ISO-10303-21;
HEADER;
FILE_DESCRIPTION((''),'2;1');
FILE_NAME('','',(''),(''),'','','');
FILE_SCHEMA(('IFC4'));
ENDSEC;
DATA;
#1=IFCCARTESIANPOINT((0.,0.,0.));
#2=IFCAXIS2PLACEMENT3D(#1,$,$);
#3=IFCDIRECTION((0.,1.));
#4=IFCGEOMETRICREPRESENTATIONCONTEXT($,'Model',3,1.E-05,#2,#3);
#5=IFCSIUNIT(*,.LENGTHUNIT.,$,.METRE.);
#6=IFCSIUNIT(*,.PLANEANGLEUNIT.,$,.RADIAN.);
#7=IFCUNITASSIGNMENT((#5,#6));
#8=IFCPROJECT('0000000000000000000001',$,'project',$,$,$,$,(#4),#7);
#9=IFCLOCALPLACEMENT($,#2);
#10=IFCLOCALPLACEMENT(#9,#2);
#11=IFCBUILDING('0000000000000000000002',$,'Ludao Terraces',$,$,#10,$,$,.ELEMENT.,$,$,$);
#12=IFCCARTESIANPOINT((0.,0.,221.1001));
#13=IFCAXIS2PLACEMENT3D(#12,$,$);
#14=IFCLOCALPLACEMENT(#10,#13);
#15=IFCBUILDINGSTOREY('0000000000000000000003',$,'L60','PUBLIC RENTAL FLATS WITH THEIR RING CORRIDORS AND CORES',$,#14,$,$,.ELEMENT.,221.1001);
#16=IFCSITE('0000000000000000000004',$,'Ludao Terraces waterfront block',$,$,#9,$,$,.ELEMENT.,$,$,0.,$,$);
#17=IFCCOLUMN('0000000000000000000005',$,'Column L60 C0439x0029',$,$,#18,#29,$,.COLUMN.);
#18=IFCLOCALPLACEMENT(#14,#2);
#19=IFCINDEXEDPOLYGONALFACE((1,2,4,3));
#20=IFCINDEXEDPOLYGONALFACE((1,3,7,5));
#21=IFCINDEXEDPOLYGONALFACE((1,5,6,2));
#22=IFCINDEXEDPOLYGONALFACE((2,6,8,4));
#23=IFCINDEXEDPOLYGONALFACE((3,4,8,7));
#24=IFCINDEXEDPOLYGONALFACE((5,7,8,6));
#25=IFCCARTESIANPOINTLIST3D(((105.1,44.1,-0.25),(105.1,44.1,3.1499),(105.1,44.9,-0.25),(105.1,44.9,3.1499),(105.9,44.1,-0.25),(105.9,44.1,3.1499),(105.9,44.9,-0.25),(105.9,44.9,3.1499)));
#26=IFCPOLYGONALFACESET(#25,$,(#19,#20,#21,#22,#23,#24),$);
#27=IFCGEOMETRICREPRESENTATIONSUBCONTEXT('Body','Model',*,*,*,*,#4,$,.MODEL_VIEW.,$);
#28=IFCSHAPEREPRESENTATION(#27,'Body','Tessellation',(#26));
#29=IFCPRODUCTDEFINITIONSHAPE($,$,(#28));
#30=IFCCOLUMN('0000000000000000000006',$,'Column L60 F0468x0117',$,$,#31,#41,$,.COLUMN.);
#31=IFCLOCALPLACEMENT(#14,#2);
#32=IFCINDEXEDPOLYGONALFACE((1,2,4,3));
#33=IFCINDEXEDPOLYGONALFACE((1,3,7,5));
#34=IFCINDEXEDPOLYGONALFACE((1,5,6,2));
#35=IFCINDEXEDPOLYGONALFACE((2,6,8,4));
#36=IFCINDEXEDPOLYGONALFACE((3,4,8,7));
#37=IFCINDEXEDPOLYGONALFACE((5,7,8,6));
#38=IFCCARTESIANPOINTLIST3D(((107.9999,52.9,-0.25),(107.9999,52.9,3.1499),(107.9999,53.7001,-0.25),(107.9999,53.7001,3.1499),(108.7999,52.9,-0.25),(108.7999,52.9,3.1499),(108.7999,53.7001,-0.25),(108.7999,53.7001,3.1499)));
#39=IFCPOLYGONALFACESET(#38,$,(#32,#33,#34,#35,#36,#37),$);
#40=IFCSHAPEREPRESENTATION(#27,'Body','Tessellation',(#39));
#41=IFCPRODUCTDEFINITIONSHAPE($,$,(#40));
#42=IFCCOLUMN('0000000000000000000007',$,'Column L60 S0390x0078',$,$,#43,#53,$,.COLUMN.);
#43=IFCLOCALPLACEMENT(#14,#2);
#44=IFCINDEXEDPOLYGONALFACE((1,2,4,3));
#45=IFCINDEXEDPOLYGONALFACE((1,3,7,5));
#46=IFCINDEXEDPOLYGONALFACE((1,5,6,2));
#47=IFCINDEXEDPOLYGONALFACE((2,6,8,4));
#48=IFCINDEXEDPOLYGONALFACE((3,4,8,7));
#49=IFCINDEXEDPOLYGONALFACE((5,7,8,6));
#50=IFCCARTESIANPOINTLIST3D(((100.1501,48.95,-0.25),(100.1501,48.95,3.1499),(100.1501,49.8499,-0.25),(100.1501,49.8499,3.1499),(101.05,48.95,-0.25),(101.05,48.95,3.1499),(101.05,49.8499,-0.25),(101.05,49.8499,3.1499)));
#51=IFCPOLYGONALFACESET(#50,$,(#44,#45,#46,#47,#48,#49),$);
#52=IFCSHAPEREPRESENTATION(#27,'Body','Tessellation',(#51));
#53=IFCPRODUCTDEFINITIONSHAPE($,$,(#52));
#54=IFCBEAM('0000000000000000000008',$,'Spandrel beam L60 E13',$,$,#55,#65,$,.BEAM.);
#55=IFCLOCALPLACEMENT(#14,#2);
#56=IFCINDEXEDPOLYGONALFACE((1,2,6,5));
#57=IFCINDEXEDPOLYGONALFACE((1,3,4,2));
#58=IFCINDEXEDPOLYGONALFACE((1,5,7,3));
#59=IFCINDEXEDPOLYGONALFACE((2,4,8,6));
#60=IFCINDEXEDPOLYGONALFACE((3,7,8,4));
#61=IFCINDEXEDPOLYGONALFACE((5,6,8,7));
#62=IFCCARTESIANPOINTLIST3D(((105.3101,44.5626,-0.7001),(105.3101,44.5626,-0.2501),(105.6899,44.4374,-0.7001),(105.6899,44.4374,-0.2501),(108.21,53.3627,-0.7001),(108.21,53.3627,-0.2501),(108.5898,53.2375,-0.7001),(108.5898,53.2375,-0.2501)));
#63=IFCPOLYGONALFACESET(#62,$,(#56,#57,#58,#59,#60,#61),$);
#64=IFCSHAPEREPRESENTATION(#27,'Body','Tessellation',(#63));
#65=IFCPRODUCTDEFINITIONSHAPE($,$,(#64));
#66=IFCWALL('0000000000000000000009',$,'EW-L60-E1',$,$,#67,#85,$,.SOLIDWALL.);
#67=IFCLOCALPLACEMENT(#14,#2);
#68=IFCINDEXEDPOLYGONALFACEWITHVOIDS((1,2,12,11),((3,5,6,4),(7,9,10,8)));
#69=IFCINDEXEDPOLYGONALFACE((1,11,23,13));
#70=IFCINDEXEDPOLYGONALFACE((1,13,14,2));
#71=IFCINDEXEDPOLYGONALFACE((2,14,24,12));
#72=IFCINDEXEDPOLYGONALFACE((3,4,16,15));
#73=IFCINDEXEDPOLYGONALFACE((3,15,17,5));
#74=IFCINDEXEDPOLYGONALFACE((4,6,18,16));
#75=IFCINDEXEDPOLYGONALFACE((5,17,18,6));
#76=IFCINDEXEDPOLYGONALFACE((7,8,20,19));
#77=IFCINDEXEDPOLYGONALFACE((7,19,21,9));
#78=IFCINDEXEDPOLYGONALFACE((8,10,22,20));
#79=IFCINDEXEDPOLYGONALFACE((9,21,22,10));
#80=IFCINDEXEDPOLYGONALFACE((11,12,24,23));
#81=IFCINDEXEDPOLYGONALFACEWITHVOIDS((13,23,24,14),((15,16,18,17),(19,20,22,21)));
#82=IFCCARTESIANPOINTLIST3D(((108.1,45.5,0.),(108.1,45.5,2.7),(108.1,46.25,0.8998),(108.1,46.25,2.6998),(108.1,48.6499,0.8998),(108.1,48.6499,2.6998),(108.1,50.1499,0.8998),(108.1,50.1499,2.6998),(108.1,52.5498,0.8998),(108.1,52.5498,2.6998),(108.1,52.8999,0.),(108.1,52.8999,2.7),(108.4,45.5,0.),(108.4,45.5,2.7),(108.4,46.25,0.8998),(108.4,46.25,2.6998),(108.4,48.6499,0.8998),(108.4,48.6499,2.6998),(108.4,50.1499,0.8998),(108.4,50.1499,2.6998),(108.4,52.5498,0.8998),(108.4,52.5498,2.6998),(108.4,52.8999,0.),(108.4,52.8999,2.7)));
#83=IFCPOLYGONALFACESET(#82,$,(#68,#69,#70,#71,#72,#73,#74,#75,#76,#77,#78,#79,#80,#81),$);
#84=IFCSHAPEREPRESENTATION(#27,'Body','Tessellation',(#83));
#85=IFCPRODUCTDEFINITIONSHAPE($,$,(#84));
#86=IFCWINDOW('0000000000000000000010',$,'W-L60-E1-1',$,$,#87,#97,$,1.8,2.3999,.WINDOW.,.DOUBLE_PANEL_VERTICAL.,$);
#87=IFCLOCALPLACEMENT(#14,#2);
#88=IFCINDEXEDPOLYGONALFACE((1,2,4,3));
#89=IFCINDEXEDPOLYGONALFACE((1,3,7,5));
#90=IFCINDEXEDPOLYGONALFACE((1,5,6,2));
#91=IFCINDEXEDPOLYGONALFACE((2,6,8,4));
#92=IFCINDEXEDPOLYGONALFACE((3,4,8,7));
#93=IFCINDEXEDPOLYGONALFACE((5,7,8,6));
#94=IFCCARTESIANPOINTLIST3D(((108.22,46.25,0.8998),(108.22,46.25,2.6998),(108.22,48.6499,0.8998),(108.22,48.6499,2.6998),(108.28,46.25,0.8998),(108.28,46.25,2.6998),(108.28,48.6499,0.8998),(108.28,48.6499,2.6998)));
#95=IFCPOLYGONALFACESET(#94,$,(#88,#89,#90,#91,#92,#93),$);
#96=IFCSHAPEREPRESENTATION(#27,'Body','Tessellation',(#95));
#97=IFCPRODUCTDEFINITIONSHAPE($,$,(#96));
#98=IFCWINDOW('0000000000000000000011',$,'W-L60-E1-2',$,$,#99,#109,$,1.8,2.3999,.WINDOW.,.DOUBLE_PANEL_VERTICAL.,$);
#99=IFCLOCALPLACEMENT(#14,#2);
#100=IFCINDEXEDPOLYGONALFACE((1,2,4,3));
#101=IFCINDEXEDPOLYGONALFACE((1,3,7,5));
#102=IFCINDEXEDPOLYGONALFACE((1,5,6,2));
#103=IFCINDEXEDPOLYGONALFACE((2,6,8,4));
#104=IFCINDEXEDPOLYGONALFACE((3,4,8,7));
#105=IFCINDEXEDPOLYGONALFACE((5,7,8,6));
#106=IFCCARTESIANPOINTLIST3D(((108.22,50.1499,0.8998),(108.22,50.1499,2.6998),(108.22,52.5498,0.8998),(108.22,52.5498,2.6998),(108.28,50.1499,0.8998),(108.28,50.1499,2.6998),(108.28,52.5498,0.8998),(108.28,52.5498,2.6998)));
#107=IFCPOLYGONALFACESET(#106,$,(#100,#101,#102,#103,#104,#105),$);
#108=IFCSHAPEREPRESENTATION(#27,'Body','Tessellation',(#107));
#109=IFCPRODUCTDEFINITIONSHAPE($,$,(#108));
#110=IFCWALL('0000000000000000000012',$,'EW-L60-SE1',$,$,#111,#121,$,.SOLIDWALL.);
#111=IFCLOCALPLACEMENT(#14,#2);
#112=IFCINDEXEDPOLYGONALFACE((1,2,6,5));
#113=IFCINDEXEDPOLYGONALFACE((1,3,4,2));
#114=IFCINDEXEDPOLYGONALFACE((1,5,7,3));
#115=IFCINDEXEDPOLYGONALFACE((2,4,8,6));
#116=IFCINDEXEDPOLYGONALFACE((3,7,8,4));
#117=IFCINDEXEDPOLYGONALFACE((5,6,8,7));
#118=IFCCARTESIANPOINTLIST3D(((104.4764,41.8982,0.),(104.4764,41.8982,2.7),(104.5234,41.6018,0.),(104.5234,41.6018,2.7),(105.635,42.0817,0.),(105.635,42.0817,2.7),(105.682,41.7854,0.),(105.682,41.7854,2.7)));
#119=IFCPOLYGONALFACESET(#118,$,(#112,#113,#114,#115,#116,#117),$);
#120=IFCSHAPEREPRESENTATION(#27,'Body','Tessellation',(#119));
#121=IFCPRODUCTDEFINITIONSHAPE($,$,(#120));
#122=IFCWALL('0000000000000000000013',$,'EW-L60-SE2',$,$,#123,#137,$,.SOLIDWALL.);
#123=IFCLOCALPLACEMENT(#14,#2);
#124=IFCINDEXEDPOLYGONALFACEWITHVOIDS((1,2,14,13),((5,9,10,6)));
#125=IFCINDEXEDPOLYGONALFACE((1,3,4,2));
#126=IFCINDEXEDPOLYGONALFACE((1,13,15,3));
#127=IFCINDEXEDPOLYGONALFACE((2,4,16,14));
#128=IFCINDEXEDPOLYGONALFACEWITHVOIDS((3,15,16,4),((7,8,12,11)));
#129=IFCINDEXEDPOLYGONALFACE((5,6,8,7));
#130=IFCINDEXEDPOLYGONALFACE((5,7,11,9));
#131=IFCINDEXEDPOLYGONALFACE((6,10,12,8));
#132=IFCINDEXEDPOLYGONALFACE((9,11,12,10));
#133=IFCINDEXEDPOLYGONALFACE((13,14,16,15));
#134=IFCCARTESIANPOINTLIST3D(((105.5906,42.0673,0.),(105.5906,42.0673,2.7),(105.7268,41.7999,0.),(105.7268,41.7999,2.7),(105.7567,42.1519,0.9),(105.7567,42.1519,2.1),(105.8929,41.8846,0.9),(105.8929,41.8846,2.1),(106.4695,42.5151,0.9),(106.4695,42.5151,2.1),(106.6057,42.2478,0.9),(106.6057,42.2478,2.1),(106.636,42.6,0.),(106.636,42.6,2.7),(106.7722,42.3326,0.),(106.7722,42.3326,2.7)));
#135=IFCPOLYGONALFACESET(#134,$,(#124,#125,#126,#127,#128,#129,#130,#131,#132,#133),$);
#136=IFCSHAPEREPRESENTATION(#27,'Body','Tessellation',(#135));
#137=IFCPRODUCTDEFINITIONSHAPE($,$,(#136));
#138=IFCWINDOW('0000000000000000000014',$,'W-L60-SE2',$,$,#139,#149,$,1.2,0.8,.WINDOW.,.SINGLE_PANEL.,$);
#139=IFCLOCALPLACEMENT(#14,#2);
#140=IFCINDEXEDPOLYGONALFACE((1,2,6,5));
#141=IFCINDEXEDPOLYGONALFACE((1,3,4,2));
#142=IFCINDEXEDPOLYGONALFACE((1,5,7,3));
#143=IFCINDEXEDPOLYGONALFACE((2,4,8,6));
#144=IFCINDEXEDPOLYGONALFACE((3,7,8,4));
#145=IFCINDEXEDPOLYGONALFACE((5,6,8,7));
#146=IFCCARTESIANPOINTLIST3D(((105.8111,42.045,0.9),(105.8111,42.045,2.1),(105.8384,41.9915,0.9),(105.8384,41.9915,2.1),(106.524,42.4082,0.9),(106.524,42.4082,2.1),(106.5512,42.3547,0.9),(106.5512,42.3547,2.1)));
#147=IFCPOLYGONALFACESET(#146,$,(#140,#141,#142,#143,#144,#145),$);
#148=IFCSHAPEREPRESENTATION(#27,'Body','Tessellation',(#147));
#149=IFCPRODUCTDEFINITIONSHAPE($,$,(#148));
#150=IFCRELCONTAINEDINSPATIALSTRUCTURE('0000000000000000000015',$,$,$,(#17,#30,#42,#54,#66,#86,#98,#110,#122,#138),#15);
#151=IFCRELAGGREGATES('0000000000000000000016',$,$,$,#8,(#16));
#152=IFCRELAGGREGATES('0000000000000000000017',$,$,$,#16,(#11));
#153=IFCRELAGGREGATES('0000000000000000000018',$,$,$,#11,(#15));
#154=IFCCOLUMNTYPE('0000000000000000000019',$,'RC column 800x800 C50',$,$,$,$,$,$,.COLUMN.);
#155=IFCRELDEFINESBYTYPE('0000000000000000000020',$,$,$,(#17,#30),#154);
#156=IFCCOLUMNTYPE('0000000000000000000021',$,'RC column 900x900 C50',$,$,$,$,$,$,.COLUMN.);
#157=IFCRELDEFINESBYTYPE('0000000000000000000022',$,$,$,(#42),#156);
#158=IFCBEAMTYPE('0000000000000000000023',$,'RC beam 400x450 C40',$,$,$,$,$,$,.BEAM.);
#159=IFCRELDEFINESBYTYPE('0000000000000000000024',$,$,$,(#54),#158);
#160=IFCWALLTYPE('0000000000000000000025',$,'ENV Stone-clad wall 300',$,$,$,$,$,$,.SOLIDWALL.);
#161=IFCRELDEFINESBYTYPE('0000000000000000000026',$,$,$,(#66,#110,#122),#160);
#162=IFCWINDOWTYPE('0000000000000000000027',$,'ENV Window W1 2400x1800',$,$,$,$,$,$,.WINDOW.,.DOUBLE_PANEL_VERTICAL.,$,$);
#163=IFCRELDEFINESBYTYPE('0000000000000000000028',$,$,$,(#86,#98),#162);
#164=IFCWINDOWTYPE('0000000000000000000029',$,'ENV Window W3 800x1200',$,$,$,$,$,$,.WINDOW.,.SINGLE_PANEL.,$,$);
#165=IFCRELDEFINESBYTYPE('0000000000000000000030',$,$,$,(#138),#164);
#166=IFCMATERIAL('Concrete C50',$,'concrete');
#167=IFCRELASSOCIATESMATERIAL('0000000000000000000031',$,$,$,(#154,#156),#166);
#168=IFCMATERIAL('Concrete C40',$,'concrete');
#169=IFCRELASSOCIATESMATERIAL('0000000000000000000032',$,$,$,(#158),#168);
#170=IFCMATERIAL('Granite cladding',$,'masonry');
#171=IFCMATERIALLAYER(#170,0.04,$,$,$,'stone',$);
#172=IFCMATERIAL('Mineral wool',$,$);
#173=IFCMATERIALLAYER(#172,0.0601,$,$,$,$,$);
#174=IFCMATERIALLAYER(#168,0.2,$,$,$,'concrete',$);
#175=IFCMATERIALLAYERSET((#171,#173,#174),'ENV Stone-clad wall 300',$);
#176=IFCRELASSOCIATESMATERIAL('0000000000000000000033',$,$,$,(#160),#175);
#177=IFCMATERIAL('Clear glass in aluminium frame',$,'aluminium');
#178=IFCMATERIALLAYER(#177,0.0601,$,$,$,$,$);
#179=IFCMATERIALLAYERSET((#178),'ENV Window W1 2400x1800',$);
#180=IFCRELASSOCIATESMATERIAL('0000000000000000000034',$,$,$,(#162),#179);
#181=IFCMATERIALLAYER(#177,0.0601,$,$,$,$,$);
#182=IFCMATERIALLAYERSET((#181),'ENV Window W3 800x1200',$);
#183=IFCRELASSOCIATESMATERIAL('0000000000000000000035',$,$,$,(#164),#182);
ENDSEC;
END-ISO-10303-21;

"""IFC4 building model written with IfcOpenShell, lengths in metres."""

from ifc_helpers import new_model, si_unit, direction, frame, frame_2d, origin, origin_2d, place, context, subcontext, project, spatial, rectangle, extrude, material, layer, layer_set, material_profile, profile_set, type_object, element, fill, save


model = new_model("IFC4")

# Units and contexts
model_context = context("Model", 3, precision=1e-05, world=origin(), true_north=direction((0.0, 1.0)))
body_context = subcontext(model_context, "Body", "Model", "MODEL_VIEW")
ifc_project = project(units=[si_unit("LENGTHUNIT", "METRE"), si_unit("PLANEANGLEUNIT", "RADIAN")], contexts=[model_context])

# Site, building, storey
site_placement = place(None, origin())
site = spatial("IfcSite", under=ifc_project, at=site_placement, Name="Ludao Terraces waterfront block", CompositionType="ELEMENT", RefElevation=0.0)
building_placement = place(site_placement, origin())
building = spatial("IfcBuilding", under=site, at=building_placement, Name="Ludao Terraces", CompositionType="ELEMENT")
storey_placement = place(building_placement, frame((0.0, 0.0, 221.1001)))
storey = spatial("IfcBuildingStorey", under=building, at=storey_placement, Name="L60", Description="PUBLIC RENTAL FLATS WITH THEIR RING CORRIDORS AND CORES", CompositionType="ELEMENT", Elevation=221.1001)

# Columns
ifc_material_1 = material(Name="Concrete C50", Category="concrete")
ifc_material_profile_1 = material_profile(ifc_material_1, rectangle(XDim=0.8, YDim=0.8, at=origin_2d()), Name="800 X 800")
ifc_profile_set_1 = profile_set([ifc_material_profile_1], Name="Concrete C50")
column_type_1 = type_object("IfcColumnType", Name="RC column 800x800 C50", PredefinedType="COLUMN", material=ifc_profile_set_1)
for number, where, z_axis, x_axis, name in (
    (1, (105.5, 44.5, -0.25), (0.0, 0.0, 1.0), (1.0, 0.0, 0.0), "Column L60 C0439x0029"),
    (2, (108.3999, 53.3, -0.25), (0.0, 0.0, 1.0), (1.0, 0.0, 0.0), "Column L60 F0468x0117"),
):
    element("IfcColumn", number, at=place(storey_placement, frame(where, z_axis=z_axis, x_axis=x_axis)), inside=storey, type_object=column_type_1, Name=name, PredefinedType="COLUMN", context=body_context, shape_type="SweptSolid", body=[
        extrude(rectangle(XDim=0.8, YDim=0.8, at=origin_2d()), origin(), (0.0, 0.0, 1.0), 3.3999),
    ])
ifc_material_profile_2 = material_profile(ifc_material_1, rectangle(XDim=0.8999, YDim=0.8999, at=origin_2d()), Name="900 X 900")
ifc_profile_set_2 = profile_set([ifc_material_profile_2], Name="Concrete C50")
column_type_2 = type_object("IfcColumnType", Name="RC column 900x900 C50", PredefinedType="COLUMN", material=ifc_profile_set_2)
column_placement = place(storey_placement, frame((100.6001, 49.3999, -0.25), z_axis=(0.0, 0.0, 1.0), x_axis=(1.0, 0.0, 0.0)))
element("IfcColumn", 3, at=column_placement, inside=storey, type_object=column_type_2, Name="Column L60 S0390x0078", PredefinedType="COLUMN", context=body_context, shape_type="SweptSolid", body=[
    extrude(rectangle(XDim=0.8999, YDim=0.8999, at=origin_2d()), origin(), (0.0, 0.0, 1.0), 3.3999),
])

# Beam
ifc_material_2 = material(Name="Concrete C40", Category="concrete")
ifc_material_profile_3 = material_profile(ifc_material_2, rectangle(XDim=0.3999, YDim=0.45, at=origin_2d()), Name="400 X 450")
ifc_profile_set_3 = profile_set([ifc_material_profile_3], Name="Concrete C40")
beam_type = type_object("IfcBeamType", Name="RC beam 400x450 C40", PredefinedType="BEAM", material=ifc_profile_set_3)
beam_placement = place(storey_placement, frame((105.5, 44.5, -0.4751), z_axis=(0.312977, 0.949761, 0.0), x_axis=(-0.949761, 0.312977, 0.0)))
element("IfcBeam", 4, at=beam_placement, inside=storey, type_object=beam_type, Name="Spandrel beam L60 E13", PredefinedType="BEAM", context=body_context, shape_type="SweptSolid", body=[
    extrude(rectangle(XDim=0.3999, YDim=0.45, at=origin_2d()), origin(), (0.0, 0.0, 1.0), 9.2656),
])

# Wall, openings, windows
ifc_material_3 = material(Name="Granite cladding", Category="masonry")
ifc_layer_1 = layer(ifc_material_3, 0.04, Category="stone")
ifc_material_4 = material(Name="Mineral wool")
ifc_layer_2 = layer(ifc_material_4, 0.0601)
ifc_layer_3 = layer(ifc_material_2, 0.2, Category="concrete")
ifc_layer_set_1 = layer_set([ifc_layer_1, ifc_layer_2, ifc_layer_3], Name="ENV Stone-clad wall 300")
wall_type_1 = type_object("IfcWallType", Name="ENV Stone-clad wall 300", PredefinedType="SOLIDWALL", material=ifc_layer_set_1)
wall_1_placement = place(storey_placement, frame((108.25, 45.5, 0.0), z_axis=(0.0, 0.0, 1.0), x_axis=(0.0, 1.0, 0.0)))
wall_1 = element("IfcWall", 5, at=wall_1_placement, inside=storey, type_object=wall_type_1, Name="EW-L60-E1", PredefinedType="SOLIDWALL", context=body_context, shape_type="SweptSolid", body=[
    extrude(rectangle(XDim=7.3999, YDim=0.3, at=frame_2d((3.7, 0.0))), origin(), (0.0, 0.0, 1.0), 2.7),
])
opening_1_placement = place(wall_1_placement, frame((0.75, 0.0, 0.8999)))
opening_1 = element("IfcOpeningElement", 6, at=opening_1_placement, cuts=wall_1, PredefinedType="OPENING", context=body_context, shape_type="SweptSolid", body=[
    extrude(rectangle(XDim=2.3999, YDim=1.8, at=frame_2d((1.2, 0.8999))), frame((0.0, 0.1602, 0.0), z_axis=(0.0, -1.0, 0.0), x_axis=(1.0, 0.0, 0.0)), (0.0, 0.0, 1.0), 0.3201),
])
opening_2_placement = place(wall_1_placement, frame((4.6499, 0.0, 0.8999)))
opening_2 = element("IfcOpeningElement", 7, at=opening_2_placement, cuts=wall_1, PredefinedType="OPENING", context=body_context, shape_type="SweptSolid", body=[
    extrude(rectangle(XDim=2.3999, YDim=1.8, at=frame_2d((1.2, 0.8999))), frame((0.0, 0.1602, 0.0), z_axis=(0.0, -1.0, 0.0), x_axis=(1.0, 0.0, 0.0)), (0.0, 0.0, 1.0), 0.3201),
])
ifc_material_5 = material(Name="Clear glass in aluminium frame", Category="aluminium")
ifc_layer_4 = layer(ifc_material_5, 0.0601)
ifc_layer_set_2 = layer_set([ifc_layer_4], Name="ENV Window W1 2400x1800")
window_type_1 = type_object("IfcWindowType", Name="ENV Window W1 2400x1800", PartitioningType="DOUBLE_PANEL_VERTICAL", PredefinedType="WINDOW", material=ifc_layer_set_2)
window_1_placement = place(opening_1_placement, origin())
window_1 = element("IfcWindow", 8, at=window_1_placement, inside=storey, type_object=window_type_1, Name="W-L60-E1-1", OverallHeight=1.8, OverallWidth=2.3999, PartitioningType="DOUBLE_PANEL_VERTICAL", PredefinedType="WINDOW", context=body_context, shape_type="SweptSolid", body=[
    extrude(rectangle(XDim=2.3999, YDim=1.8, at=frame_2d((1.2, 0.8999))), frame((0.0, 0.03, 0.0), z_axis=(0.0, -1.0, 0.0), x_axis=(1.0, 0.0, 0.0)), (0.0, 0.0, 1.0), 0.0601),
])
fill(opening_1, window_1)
window_2_placement = place(opening_2_placement, origin())
window_2 = element("IfcWindow", 9, at=window_2_placement, inside=storey, type_object=window_type_1, Name="W-L60-E1-2", OverallHeight=1.8, OverallWidth=2.3999, PartitioningType="DOUBLE_PANEL_VERTICAL", PredefinedType="WINDOW", context=body_context, shape_type="SweptSolid", body=[
    extrude(rectangle(XDim=2.3999, YDim=1.8, at=frame_2d((1.2, 0.8999))), frame((0.0, 0.03, 0.0), z_axis=(0.0, -1.0, 0.0), x_axis=(1.0, 0.0, 0.0)), (0.0, 0.0, 1.0), 0.0601),
])
fill(opening_2, window_2)

# Wall
wall_2_placement = place(storey_placement, frame((104.5, 41.75, 0.0), z_axis=(0.0, 0.0, 1.0), x_axis=(0.987678, 0.156497, 0.0)))
element("IfcWall", 10, at=wall_2_placement, inside=storey, type_object=wall_type_1, Name="EW-L60-SE1", PredefinedType="SOLIDWALL", context=body_context, shape_type="SweptSolid", body=[
    extrude(rectangle(XDim=1.1731, YDim=0.3, at=frame_2d((0.5864, 0.0))), origin(), (0.0, 0.0, 1.0), 2.7),
])

# Wall, opening, window
wall_3_placement = place(storey_placement, frame((105.6587, 41.9336, 0.0), z_axis=(0.0, 0.0, 1.0), x_axis=(0.890989, 0.454026, 0.0)))
wall_3 = element("IfcWall", 11, at=wall_3_placement, inside=storey, type_object=wall_type_1, Name="EW-L60-SE2", PredefinedType="SOLIDWALL", context=body_context, shape_type="SweptSolid", body=[
    extrude(rectangle(XDim=1.1733, YDim=0.3, at=frame_2d((0.5867, 0.0))), origin(), (0.0, 0.0, 1.0), 2.7),
])
opening_3_placement = place(wall_3_placement, frame((0.1865, 0.0, 0.8999)))
opening_3 = element("IfcOpeningElement", 12, at=opening_3_placement, cuts=wall_3, PredefinedType="OPENING", context=body_context, shape_type="SweptSolid", body=[
    extrude(rectangle(XDim=0.8, YDim=1.2, at=frame_2d((0.3999, 0.6001))), frame((0.0, 0.1602, 0.0), z_axis=(0.0, -1.0, 0.0), x_axis=(1.0, 0.0, 0.0)), (0.0, 0.0, 1.0), 0.3201),
])
ifc_layer_5 = layer(ifc_material_5, 0.0601)
ifc_layer_set_3 = layer_set([ifc_layer_5], Name="ENV Window W3 800x1200")
window_type_2 = type_object("IfcWindowType", Name="ENV Window W3 800x1200", PartitioningType="SINGLE_PANEL", PredefinedType="WINDOW", material=ifc_layer_set_3)
window_3_placement = place(opening_3_placement, origin())
window_3 = element("IfcWindow", 13, at=window_3_placement, inside=storey, type_object=window_type_2, Name="W-L60-SE2", OverallHeight=1.2, OverallWidth=0.8, PartitioningType="SINGLE_PANEL", PredefinedType="WINDOW", context=body_context, shape_type="SweptSolid", body=[
    extrude(rectangle(XDim=0.8, YDim=1.2, at=frame_2d((0.3999, 0.6001))), frame((0.0, 0.03, 0.0), z_axis=(0.0, -1.0, 0.0), x_axis=(1.0, 0.0, 0.0)), (0.0, 0.0, 1.0), 0.0601),
])
fill(opening_3, window_3)

save(model, "model.ifc")
